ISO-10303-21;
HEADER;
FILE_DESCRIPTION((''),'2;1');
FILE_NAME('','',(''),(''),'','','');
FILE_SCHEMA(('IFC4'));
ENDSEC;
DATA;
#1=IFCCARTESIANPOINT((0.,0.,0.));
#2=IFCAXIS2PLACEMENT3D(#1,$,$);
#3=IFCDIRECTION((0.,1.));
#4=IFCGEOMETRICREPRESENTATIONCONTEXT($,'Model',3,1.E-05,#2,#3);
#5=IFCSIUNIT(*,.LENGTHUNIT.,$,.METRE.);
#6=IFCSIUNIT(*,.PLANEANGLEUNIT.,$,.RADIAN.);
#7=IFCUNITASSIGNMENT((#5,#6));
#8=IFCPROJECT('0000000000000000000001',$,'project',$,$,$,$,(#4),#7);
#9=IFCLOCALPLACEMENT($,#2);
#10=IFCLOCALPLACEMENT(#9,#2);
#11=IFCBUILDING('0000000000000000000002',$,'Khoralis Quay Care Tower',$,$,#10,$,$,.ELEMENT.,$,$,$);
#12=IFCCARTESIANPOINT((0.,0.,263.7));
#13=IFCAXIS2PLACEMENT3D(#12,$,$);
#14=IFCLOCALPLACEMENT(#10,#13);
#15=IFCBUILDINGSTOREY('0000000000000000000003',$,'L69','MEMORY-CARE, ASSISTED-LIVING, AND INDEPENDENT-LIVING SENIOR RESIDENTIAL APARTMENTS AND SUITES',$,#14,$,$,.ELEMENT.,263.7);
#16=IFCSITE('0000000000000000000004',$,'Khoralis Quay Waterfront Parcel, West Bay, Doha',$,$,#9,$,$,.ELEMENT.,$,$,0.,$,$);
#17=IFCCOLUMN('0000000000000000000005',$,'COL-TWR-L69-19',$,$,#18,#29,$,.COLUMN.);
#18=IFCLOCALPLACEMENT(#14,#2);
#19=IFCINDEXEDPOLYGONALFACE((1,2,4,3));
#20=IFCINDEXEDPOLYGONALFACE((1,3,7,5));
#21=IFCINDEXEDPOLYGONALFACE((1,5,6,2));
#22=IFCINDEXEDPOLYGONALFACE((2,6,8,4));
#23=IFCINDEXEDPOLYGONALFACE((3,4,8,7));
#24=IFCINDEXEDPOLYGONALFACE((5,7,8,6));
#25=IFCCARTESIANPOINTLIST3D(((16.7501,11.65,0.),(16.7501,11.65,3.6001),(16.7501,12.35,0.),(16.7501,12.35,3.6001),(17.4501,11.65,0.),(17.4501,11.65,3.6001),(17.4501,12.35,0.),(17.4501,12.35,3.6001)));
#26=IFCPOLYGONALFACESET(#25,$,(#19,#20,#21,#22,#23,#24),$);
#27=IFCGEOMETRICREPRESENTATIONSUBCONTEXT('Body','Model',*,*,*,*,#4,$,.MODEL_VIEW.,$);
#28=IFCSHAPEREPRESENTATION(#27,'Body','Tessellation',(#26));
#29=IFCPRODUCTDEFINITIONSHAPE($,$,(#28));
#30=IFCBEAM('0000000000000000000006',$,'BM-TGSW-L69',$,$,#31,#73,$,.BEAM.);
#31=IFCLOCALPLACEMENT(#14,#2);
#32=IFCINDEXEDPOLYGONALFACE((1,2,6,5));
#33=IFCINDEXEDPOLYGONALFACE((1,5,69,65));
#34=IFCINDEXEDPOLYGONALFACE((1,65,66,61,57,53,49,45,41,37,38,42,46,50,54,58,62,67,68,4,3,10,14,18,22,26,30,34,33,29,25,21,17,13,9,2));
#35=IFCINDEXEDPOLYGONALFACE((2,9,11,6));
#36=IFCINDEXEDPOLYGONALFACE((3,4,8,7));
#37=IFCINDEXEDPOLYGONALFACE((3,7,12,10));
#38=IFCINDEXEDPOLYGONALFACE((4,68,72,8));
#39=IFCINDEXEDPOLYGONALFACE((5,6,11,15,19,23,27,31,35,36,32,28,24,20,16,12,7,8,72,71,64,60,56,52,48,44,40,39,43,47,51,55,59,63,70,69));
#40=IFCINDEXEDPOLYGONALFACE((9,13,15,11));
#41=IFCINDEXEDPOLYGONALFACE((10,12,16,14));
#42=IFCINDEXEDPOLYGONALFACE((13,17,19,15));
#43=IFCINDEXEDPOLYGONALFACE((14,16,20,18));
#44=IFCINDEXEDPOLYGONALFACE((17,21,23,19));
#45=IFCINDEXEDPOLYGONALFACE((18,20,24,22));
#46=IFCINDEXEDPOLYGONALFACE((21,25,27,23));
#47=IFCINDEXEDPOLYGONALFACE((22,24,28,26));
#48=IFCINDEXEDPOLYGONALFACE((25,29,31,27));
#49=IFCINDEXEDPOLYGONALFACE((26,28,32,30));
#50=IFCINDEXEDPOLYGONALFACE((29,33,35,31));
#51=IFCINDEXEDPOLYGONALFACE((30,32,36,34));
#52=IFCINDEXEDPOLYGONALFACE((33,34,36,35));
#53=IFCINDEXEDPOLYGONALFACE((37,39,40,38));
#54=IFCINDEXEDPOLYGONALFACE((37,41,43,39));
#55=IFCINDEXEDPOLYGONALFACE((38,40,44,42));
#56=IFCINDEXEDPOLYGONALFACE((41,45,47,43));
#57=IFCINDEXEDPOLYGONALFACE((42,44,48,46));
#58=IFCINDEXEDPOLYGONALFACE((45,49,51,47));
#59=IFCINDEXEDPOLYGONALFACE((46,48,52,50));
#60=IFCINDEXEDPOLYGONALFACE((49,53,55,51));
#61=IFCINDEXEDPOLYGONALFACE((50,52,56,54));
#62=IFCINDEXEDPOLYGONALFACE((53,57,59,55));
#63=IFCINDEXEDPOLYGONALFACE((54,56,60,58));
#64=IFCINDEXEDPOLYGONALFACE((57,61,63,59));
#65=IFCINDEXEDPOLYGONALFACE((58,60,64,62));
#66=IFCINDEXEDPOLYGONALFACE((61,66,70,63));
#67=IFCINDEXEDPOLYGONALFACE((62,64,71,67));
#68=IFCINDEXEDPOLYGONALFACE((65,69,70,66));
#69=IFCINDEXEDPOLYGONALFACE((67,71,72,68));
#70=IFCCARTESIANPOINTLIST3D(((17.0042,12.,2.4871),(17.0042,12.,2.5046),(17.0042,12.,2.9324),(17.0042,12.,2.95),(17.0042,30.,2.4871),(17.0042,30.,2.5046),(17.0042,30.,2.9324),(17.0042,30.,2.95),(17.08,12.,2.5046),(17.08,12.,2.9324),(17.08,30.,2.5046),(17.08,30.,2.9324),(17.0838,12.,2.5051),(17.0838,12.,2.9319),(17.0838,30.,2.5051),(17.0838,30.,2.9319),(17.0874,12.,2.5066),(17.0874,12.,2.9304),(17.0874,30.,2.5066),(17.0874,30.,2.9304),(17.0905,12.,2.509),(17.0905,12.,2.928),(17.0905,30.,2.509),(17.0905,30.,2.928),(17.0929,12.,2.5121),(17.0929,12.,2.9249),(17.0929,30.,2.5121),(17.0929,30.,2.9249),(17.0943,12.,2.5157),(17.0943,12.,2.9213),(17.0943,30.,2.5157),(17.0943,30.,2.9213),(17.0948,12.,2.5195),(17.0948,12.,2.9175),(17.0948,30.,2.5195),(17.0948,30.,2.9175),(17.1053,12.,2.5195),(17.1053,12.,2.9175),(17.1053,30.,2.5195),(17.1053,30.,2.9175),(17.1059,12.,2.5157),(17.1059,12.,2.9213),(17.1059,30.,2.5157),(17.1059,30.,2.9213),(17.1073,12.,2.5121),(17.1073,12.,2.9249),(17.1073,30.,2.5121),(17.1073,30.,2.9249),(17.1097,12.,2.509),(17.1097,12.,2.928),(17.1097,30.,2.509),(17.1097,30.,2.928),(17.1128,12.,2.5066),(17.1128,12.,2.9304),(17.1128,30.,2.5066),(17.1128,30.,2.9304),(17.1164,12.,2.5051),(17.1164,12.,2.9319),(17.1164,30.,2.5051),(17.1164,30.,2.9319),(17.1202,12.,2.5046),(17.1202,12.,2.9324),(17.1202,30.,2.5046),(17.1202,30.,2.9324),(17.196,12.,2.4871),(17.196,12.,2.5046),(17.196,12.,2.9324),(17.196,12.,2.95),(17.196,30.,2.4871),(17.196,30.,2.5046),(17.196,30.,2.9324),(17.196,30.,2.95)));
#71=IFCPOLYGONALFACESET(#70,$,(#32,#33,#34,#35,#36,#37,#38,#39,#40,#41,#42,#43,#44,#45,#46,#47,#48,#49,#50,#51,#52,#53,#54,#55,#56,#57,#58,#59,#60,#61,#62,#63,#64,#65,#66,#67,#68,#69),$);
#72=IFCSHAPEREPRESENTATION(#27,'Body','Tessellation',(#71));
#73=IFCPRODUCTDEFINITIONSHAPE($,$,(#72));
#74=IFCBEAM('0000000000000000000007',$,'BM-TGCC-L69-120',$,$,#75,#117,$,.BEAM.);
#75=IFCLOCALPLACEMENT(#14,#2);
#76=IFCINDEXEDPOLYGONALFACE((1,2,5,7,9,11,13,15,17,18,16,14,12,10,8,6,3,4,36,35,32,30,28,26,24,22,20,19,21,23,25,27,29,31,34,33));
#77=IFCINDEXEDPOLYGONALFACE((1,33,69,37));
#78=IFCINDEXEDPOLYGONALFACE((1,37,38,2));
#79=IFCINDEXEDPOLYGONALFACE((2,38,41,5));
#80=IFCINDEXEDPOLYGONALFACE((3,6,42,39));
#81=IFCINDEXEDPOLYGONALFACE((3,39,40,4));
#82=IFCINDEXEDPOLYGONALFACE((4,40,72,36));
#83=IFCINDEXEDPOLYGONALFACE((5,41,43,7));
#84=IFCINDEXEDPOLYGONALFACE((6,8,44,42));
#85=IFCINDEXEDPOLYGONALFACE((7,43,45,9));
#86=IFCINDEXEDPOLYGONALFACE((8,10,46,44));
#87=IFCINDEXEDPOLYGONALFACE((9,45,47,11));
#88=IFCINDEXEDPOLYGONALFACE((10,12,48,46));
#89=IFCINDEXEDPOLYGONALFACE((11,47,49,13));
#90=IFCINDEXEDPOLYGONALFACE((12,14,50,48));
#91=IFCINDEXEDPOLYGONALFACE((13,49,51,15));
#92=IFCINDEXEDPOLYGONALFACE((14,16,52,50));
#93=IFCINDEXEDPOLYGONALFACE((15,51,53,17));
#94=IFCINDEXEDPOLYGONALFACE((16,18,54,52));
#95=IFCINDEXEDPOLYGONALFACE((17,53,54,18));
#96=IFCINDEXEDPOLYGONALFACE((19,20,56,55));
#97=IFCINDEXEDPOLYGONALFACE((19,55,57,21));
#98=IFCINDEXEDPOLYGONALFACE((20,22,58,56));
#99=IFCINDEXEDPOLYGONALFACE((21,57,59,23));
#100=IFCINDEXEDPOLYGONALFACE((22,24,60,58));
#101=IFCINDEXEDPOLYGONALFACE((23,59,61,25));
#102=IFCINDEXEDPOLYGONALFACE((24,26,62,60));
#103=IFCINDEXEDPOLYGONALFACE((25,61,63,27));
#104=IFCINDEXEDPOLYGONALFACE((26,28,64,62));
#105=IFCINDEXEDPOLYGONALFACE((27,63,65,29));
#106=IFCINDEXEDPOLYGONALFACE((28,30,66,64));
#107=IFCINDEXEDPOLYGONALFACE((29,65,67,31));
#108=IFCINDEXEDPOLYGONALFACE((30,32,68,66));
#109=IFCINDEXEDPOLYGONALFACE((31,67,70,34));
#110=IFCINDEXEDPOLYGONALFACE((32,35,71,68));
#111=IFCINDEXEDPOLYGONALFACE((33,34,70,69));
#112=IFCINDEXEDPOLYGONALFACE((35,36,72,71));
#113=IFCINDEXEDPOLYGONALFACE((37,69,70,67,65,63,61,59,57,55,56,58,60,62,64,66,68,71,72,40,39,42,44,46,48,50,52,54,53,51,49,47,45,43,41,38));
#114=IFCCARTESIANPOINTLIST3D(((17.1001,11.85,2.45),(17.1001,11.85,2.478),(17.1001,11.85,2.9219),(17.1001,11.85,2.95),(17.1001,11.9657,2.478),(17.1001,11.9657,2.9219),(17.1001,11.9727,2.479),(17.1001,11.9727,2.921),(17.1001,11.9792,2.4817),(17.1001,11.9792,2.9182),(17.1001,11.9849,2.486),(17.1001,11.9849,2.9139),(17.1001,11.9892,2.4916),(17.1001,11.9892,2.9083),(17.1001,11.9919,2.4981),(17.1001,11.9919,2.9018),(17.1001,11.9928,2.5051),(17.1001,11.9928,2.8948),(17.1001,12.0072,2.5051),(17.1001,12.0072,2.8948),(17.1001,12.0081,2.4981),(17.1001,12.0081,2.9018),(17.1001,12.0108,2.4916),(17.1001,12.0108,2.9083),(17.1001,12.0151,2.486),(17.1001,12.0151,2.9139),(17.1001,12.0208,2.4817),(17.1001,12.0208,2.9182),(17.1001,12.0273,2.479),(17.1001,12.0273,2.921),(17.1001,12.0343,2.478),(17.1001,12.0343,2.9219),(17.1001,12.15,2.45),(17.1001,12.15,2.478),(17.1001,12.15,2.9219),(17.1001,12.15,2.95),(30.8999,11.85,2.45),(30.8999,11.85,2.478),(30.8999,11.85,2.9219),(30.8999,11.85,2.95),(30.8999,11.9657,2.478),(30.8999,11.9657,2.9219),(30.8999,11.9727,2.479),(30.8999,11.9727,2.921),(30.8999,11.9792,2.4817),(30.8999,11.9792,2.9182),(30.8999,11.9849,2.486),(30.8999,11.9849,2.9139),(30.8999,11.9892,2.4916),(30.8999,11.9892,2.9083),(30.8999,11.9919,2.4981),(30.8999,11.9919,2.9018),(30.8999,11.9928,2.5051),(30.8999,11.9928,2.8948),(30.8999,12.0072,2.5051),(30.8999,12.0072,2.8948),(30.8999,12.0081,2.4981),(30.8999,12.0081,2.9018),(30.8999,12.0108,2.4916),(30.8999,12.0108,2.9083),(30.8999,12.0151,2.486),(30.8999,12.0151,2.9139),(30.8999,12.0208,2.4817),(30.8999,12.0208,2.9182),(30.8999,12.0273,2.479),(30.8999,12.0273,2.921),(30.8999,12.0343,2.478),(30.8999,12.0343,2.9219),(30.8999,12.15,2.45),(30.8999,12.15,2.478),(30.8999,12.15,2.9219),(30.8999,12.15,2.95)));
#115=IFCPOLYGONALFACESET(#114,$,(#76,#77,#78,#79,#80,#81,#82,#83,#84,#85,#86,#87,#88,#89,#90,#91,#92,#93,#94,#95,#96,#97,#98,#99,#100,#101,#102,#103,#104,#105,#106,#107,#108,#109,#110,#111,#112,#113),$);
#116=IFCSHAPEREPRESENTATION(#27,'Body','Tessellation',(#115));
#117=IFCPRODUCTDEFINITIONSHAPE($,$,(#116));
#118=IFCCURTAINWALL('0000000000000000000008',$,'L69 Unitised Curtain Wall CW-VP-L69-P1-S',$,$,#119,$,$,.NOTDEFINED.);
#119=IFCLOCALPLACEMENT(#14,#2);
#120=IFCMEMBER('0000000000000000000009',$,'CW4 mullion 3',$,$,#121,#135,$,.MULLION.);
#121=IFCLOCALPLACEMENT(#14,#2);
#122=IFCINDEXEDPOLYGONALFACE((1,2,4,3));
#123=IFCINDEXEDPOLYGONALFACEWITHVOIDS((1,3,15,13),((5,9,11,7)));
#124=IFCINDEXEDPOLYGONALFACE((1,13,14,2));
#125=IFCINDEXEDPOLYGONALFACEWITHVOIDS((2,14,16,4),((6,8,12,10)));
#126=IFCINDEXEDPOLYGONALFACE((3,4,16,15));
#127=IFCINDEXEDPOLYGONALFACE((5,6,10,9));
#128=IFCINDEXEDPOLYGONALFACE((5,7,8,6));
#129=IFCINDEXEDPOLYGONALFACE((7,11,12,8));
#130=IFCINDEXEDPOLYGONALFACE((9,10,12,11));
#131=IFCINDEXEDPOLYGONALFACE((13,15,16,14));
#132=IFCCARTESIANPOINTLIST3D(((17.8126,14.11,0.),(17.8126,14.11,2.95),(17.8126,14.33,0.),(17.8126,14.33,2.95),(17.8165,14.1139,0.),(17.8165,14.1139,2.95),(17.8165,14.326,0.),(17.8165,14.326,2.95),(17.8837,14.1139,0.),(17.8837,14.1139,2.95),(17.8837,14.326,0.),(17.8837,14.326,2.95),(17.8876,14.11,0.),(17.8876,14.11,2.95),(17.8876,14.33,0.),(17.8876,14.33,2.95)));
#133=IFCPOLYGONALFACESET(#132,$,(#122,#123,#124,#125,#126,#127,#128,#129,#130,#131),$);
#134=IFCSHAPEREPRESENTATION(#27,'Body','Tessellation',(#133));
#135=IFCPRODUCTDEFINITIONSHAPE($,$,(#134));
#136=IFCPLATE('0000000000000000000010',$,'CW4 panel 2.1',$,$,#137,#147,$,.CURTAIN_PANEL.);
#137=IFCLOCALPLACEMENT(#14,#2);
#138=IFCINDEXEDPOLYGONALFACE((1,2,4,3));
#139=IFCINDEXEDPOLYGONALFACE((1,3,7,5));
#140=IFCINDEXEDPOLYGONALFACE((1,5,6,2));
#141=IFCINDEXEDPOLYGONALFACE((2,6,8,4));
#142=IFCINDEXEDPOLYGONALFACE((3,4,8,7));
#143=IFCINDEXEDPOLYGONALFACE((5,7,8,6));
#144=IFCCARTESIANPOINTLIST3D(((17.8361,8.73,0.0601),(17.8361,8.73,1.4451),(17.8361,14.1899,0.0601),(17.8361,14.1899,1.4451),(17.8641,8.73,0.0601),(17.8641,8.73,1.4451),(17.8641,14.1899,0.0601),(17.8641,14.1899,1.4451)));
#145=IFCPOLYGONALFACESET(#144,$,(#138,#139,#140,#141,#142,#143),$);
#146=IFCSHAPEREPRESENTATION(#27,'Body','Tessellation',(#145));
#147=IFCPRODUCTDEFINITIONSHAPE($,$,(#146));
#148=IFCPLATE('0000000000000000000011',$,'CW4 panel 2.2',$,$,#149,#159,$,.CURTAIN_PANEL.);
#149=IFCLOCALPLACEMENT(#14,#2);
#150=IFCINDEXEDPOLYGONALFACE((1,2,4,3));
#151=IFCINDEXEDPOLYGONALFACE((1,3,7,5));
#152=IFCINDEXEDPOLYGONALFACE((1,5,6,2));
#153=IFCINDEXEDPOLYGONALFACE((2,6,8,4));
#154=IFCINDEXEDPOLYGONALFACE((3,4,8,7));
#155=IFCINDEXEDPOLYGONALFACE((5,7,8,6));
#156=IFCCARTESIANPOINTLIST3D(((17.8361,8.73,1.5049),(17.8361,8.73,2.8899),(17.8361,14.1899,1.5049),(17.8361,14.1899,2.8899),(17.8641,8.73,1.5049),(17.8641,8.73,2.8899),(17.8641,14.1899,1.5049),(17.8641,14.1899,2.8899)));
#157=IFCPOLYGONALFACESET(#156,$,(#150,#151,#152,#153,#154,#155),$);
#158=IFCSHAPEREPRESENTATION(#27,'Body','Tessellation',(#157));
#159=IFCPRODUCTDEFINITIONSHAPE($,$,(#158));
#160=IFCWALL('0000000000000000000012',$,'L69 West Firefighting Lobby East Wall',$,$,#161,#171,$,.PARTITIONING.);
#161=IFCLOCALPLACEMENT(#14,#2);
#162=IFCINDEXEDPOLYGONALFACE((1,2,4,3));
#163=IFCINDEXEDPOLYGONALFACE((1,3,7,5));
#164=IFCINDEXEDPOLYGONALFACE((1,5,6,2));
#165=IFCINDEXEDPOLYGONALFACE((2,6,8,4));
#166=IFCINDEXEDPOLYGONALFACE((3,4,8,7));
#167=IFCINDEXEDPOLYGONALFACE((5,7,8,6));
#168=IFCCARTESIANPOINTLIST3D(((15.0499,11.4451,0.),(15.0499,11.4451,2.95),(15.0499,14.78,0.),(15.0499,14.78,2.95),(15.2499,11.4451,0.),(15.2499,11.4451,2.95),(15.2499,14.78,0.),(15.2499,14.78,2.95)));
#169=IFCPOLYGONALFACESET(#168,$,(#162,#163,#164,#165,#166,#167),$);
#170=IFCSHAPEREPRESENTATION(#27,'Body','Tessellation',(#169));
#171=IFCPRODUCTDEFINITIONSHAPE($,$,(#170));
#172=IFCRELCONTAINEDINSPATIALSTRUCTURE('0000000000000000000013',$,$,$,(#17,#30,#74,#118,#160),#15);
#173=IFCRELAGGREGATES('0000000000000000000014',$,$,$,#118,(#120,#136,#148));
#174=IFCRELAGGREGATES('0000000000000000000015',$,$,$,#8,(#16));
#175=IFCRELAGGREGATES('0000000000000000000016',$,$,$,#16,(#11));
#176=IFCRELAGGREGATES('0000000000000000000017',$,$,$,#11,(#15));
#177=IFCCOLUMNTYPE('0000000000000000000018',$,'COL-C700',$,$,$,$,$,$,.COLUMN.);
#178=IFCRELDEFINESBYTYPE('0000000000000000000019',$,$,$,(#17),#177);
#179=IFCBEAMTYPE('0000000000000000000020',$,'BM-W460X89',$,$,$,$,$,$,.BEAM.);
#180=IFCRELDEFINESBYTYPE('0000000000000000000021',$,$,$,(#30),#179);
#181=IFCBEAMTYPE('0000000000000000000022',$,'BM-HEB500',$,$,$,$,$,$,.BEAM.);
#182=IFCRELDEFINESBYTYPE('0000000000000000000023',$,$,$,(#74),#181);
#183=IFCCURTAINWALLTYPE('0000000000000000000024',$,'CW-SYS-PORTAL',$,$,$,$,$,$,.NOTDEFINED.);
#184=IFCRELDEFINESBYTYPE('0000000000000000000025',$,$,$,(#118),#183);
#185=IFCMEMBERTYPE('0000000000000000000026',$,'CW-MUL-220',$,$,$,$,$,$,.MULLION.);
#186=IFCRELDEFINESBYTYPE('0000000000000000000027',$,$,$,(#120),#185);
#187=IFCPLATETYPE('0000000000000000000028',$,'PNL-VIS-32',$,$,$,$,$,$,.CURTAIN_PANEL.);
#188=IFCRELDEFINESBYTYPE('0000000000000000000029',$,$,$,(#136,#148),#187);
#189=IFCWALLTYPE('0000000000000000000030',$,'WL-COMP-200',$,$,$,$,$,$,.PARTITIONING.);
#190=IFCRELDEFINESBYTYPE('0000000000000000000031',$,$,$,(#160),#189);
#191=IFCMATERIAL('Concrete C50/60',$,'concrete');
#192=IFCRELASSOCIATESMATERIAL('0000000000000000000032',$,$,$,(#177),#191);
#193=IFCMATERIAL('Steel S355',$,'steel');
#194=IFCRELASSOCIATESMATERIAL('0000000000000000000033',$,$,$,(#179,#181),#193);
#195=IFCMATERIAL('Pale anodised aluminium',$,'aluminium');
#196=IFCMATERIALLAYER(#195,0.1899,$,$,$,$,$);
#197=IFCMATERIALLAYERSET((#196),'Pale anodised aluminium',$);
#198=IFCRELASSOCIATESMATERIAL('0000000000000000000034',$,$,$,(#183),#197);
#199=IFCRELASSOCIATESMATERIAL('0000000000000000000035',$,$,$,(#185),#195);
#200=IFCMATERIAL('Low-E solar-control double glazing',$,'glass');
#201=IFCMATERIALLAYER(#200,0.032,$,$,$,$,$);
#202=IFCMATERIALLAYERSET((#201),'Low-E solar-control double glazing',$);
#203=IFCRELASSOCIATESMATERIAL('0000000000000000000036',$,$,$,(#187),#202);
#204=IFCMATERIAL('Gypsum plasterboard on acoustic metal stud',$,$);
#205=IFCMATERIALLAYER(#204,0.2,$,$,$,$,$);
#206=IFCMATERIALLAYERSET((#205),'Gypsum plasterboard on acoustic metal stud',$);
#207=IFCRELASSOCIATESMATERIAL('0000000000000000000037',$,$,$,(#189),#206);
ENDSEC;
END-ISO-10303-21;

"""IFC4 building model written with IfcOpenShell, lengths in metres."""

from ifc_helpers import new_model, si_unit, direction, frame, frame_2d, origin, origin_2d, place, context, subcontext, project, spatial, rectangle, hollow_rectangle, i_section, extrude, source, transform, mapped, material, layer, layer_set, material_profile, profile_set, type_object, element, aggregate, save


model = new_model("IFC4")

# Units and contexts
model_context = context("Model", 3, precision=1e-05, world=origin(), true_north=direction((0.0, 1.0)))
body_context = subcontext(model_context, "Body", "Model", "MODEL_VIEW")
ifc_project = project(units=[si_unit("LENGTHUNIT", "METRE"), si_unit("PLANEANGLEUNIT", "RADIAN")], contexts=[model_context])

# Site, building, storey
site_placement = place(None, origin())
site = spatial("IfcSite", under=ifc_project, at=site_placement, Name="Khoralis Quay Waterfront Parcel, West Bay, Doha", CompositionType="ELEMENT", RefElevation=0.0)
building_placement = place(site_placement, origin())
building = spatial("IfcBuilding", under=site, at=building_placement, Name="Khoralis Quay Care Tower", CompositionType="ELEMENT")
storey_placement = place(building_placement, frame((0.0, 0.0, 263.7)))
storey = spatial("IfcBuildingStorey", under=building, at=storey_placement, Name="L69", Description="MEMORY-CARE, ASSISTED-LIVING, AND INDEPENDENT-LIVING SENIOR RESIDENTIAL APARTMENTS AND SUITES", CompositionType="ELEMENT", Elevation=263.7)

# Column
ifc_material_1 = material(Name="Concrete C50/60", Category="concrete")
ifc_material_profile_1 = material_profile(ifc_material_1, rectangle(XDim=0.7, YDim=0.7, at=origin_2d()), Name="Concrete C50/60")
ifc_profile_set_1 = profile_set([ifc_material_profile_1], Name="Concrete C50/60")
column_type = type_object("IfcColumnType", Name="COL-C700", PredefinedType="COLUMN", material=ifc_profile_set_1)
shared_shape_1 = source(origin(), body_context, "Body", "SweptSolid", [
    extrude(rectangle(XDim=0.7, YDim=0.7, at=origin_2d()), origin(), (0.0, 0.0, 1.0), 3.6001),
])
column_placement = place(storey_placement, frame((17.1001, 12.0, 0.0), z_axis=(0.0, 0.0, 1.0), x_axis=(1.0, 0.0, 0.0)))
element("IfcColumn", 1, at=column_placement, inside=storey, type_object=column_type, Name="COL-TWR-L69-19", PredefinedType="COLUMN", context=body_context, shape_type="MappedRepresentation", body=[
    mapped(shared_shape_1, transform((0.0, 0.0, 0.0), scale=1.0)),
])

# Beams
ifc_material_2 = material(Name="Steel S355", Category="steel")
ifc_material_profile_2 = material_profile(ifc_material_2, i_section(OverallWidth=0.1919, OverallDepth=0.4629, WebThickness=0.0105, FlangeThickness=0.0176, FilletRadius=0.0149, at=origin_2d()), Name="Steel S355")
ifc_profile_set_2 = profile_set([ifc_material_profile_2], Name="Steel S355")
beam_type_1 = type_object("IfcBeamType", Name="BM-W460X89", PredefinedType="BEAM", material=ifc_profile_set_2)
shared_shape_2 = source(origin(), body_context, "Body", "SweptSolid", [
    extrude(i_section(OverallWidth=0.1919, OverallDepth=0.4629, WebThickness=0.0105, FlangeThickness=0.0176, FilletRadius=0.0149, at=origin_2d()), origin(), (0.0, 0.0, 1.0), 18.0),
])
beam_1_placement = place(storey_placement, frame((17.1001, 12.0, 2.7185), z_axis=(0.0, 1.0, 0.0), x_axis=(-1.0, 0.0, 0.0)))
element("IfcBeam", 2, at=beam_1_placement, inside=storey, type_object=beam_type_1, Name="BM-TGSW-L69", PredefinedType="BEAM", context=body_context, shape_type="MappedRepresentation", body=[
    mapped(shared_shape_2, transform((0.0, 0.0, 0.0), scale=1.0)),
])
ifc_material_profile_3 = material_profile(ifc_material_2, i_section(OverallWidth=0.3, OverallDepth=0.5, WebThickness=0.0144, FlangeThickness=0.0281, FilletRadius=0.0271, at=origin_2d()), Name="Steel S355")
ifc_profile_set_3 = profile_set([ifc_material_profile_3], Name="Steel S355")
beam_type_2 = type_object("IfcBeamType", Name="BM-HEB500", PredefinedType="BEAM", material=ifc_profile_set_3)
shared_shape_3 = source(origin(), body_context, "Body", "SweptSolid", [
    extrude(i_section(OverallWidth=0.3, OverallDepth=0.5, WebThickness=0.0144, FlangeThickness=0.0281, FilletRadius=0.0271, at=origin_2d()), origin(), (0.0, 0.0, 1.0), 13.7998),
])
beam_2_placement = place(storey_placement, frame((17.1001, 12.0, 2.7), z_axis=(1.0, 0.0, 0.0), x_axis=(0.0, 1.0, 0.0)))
element("IfcBeam", 3, at=beam_2_placement, inside=storey, type_object=beam_type_2, Name="BM-TGCC-L69-120", PredefinedType="BEAM", context=body_context, shape_type="MappedRepresentation", body=[
    mapped(shared_shape_3, transform((0.0, 0.0, 0.0), scale=1.0)),
])

# Curtain wall, member, plates
ifc_material_3 = material(Name="Pale anodised aluminium", Category="aluminium")
ifc_layer_1 = layer(ifc_material_3, 0.1899)
ifc_layer_set_1 = layer_set([ifc_layer_1], Name="Pale anodised aluminium")
curtain_wall_type = type_object("IfcCurtainWallType", Name="CW-SYS-PORTAL", PredefinedType="NOTDEFINED", material=ifc_layer_set_1)
curtain_wall_placement = place(storey_placement, origin())
curtain_wall = element("IfcCurtainWall", 4, at=curtain_wall_placement, inside=storey, type_object=curtain_wall_type, Name="L69 Unitised Curtain Wall CW-VP-L69-P1-S", PredefinedType="NOTDEFINED")
ifc_material_profile_4 = material_profile(ifc_material_3, hollow_rectangle(XDim=0.075, YDim=0.22, WallThickness=0.0039, at=origin_2d()), Name="Pale anodised aluminium")
ifc_profile_set_4 = profile_set([ifc_material_profile_4], Name="Pale anodised aluminium")
member_type = type_object("IfcMemberType", Name="CW-MUL-220", PredefinedType="MULLION", material=ifc_profile_set_4)
shared_shape_4 = source(origin(), body_context, "Body", "SweptSolid", [
    extrude(hollow_rectangle(XDim=0.075, YDim=0.22, WallThickness=0.0039, at=origin_2d()), origin(), (0.0, 0.0, 1.0), 2.95),
])
member_placement = place(storey_placement, frame((17.8501, 14.22, 0.0), z_axis=(0.0, 0.0, 1.0), x_axis=(-1.0, 0.0, 0.0)))
member = element("IfcMember", 5, at=member_placement, type_object=member_type, Name="CW4 mullion 3", PredefinedType="MULLION", context=body_context, shape_type="MappedRepresentation", body=[
    mapped(shared_shape_4, transform((0.0, 0.0, 0.0), scale=1.0)),
])
ifc_material_4 = material(Name="Low-E solar-control double glazing", Category="glass")
ifc_layer_2 = layer(ifc_material_4, 0.032)
ifc_layer_set_2 = layer_set([ifc_layer_2], Name="Low-E solar-control double glazing")
plate_type = type_object("IfcPlateType", Name="PNL-VIS-32", PredefinedType="CURTAIN_PANEL", material=ifc_layer_set_2)
shared_shape_5 = source(origin(), body_context, "Body", "SweptSolid", [
    extrude(rectangle(XDim=5.46, YDim=0.0281, at=origin_2d()), origin(), (0.0, 0.0, 1.0), 1.385),
])
plate_1_placement = place(storey_placement, frame((17.8501, 11.46, 0.0601), z_axis=(0.0, 0.0, 1.0), x_axis=(0.0, 1.0, 0.0)))
plate_1 = element("IfcPlate", 6, at=plate_1_placement, type_object=plate_type, Name="CW4 panel 2.1", PredefinedType="CURTAIN_PANEL", context=body_context, shape_type="MappedRepresentation", body=[
    mapped(shared_shape_5, transform((0.0, 0.0, 0.0), scale=1.0)),
])
plate_2_placement = place(storey_placement, frame((17.8501, 11.46, 1.5049), z_axis=(0.0, 0.0, 1.0), x_axis=(0.0, 1.0, 0.0)))
plate_2 = element("IfcPlate", 7, at=plate_2_placement, type_object=plate_type, Name="CW4 panel 2.2", PredefinedType="CURTAIN_PANEL", context=body_context, shape_type="MappedRepresentation", body=[
    mapped(shared_shape_5, transform((0.0, 0.0, 0.0), scale=1.0)),
])
aggregate(curtain_wall, [member, plate_1, plate_2])

# Wall
ifc_material_5 = material(Name="Gypsum plasterboard on acoustic metal stud")
ifc_layer_3 = layer(ifc_material_5, 0.2)
ifc_layer_set_3 = layer_set([ifc_layer_3], Name="Gypsum plasterboard on acoustic metal stud")
wall_type_1 = type_object("IfcWallType", Name="WL-COMP-200", PredefinedType="PARTITIONING", material=ifc_layer_set_3)
wall_1_placement = place(storey_placement, frame((15.1499, 11.4451, 0.0), z_axis=(0.0, 0.0, 1.0), x_axis=(0.0, 1.0, 0.0)))
element("IfcWall", 8, at=wall_1_placement, inside=storey, type_object=wall_type_1, Name="L69 West Firefighting Lobby East Wall", PredefinedType="PARTITIONING", context=body_context, shape_type="SweptSolid", body=[
    extrude(rectangle(XDim=3.335, YDim=0.2, at=frame_2d((1.6675, 0.0))), origin(), (0.0, 0.0, 1.0), 2.95),
])

save(model, "model.ifc")
